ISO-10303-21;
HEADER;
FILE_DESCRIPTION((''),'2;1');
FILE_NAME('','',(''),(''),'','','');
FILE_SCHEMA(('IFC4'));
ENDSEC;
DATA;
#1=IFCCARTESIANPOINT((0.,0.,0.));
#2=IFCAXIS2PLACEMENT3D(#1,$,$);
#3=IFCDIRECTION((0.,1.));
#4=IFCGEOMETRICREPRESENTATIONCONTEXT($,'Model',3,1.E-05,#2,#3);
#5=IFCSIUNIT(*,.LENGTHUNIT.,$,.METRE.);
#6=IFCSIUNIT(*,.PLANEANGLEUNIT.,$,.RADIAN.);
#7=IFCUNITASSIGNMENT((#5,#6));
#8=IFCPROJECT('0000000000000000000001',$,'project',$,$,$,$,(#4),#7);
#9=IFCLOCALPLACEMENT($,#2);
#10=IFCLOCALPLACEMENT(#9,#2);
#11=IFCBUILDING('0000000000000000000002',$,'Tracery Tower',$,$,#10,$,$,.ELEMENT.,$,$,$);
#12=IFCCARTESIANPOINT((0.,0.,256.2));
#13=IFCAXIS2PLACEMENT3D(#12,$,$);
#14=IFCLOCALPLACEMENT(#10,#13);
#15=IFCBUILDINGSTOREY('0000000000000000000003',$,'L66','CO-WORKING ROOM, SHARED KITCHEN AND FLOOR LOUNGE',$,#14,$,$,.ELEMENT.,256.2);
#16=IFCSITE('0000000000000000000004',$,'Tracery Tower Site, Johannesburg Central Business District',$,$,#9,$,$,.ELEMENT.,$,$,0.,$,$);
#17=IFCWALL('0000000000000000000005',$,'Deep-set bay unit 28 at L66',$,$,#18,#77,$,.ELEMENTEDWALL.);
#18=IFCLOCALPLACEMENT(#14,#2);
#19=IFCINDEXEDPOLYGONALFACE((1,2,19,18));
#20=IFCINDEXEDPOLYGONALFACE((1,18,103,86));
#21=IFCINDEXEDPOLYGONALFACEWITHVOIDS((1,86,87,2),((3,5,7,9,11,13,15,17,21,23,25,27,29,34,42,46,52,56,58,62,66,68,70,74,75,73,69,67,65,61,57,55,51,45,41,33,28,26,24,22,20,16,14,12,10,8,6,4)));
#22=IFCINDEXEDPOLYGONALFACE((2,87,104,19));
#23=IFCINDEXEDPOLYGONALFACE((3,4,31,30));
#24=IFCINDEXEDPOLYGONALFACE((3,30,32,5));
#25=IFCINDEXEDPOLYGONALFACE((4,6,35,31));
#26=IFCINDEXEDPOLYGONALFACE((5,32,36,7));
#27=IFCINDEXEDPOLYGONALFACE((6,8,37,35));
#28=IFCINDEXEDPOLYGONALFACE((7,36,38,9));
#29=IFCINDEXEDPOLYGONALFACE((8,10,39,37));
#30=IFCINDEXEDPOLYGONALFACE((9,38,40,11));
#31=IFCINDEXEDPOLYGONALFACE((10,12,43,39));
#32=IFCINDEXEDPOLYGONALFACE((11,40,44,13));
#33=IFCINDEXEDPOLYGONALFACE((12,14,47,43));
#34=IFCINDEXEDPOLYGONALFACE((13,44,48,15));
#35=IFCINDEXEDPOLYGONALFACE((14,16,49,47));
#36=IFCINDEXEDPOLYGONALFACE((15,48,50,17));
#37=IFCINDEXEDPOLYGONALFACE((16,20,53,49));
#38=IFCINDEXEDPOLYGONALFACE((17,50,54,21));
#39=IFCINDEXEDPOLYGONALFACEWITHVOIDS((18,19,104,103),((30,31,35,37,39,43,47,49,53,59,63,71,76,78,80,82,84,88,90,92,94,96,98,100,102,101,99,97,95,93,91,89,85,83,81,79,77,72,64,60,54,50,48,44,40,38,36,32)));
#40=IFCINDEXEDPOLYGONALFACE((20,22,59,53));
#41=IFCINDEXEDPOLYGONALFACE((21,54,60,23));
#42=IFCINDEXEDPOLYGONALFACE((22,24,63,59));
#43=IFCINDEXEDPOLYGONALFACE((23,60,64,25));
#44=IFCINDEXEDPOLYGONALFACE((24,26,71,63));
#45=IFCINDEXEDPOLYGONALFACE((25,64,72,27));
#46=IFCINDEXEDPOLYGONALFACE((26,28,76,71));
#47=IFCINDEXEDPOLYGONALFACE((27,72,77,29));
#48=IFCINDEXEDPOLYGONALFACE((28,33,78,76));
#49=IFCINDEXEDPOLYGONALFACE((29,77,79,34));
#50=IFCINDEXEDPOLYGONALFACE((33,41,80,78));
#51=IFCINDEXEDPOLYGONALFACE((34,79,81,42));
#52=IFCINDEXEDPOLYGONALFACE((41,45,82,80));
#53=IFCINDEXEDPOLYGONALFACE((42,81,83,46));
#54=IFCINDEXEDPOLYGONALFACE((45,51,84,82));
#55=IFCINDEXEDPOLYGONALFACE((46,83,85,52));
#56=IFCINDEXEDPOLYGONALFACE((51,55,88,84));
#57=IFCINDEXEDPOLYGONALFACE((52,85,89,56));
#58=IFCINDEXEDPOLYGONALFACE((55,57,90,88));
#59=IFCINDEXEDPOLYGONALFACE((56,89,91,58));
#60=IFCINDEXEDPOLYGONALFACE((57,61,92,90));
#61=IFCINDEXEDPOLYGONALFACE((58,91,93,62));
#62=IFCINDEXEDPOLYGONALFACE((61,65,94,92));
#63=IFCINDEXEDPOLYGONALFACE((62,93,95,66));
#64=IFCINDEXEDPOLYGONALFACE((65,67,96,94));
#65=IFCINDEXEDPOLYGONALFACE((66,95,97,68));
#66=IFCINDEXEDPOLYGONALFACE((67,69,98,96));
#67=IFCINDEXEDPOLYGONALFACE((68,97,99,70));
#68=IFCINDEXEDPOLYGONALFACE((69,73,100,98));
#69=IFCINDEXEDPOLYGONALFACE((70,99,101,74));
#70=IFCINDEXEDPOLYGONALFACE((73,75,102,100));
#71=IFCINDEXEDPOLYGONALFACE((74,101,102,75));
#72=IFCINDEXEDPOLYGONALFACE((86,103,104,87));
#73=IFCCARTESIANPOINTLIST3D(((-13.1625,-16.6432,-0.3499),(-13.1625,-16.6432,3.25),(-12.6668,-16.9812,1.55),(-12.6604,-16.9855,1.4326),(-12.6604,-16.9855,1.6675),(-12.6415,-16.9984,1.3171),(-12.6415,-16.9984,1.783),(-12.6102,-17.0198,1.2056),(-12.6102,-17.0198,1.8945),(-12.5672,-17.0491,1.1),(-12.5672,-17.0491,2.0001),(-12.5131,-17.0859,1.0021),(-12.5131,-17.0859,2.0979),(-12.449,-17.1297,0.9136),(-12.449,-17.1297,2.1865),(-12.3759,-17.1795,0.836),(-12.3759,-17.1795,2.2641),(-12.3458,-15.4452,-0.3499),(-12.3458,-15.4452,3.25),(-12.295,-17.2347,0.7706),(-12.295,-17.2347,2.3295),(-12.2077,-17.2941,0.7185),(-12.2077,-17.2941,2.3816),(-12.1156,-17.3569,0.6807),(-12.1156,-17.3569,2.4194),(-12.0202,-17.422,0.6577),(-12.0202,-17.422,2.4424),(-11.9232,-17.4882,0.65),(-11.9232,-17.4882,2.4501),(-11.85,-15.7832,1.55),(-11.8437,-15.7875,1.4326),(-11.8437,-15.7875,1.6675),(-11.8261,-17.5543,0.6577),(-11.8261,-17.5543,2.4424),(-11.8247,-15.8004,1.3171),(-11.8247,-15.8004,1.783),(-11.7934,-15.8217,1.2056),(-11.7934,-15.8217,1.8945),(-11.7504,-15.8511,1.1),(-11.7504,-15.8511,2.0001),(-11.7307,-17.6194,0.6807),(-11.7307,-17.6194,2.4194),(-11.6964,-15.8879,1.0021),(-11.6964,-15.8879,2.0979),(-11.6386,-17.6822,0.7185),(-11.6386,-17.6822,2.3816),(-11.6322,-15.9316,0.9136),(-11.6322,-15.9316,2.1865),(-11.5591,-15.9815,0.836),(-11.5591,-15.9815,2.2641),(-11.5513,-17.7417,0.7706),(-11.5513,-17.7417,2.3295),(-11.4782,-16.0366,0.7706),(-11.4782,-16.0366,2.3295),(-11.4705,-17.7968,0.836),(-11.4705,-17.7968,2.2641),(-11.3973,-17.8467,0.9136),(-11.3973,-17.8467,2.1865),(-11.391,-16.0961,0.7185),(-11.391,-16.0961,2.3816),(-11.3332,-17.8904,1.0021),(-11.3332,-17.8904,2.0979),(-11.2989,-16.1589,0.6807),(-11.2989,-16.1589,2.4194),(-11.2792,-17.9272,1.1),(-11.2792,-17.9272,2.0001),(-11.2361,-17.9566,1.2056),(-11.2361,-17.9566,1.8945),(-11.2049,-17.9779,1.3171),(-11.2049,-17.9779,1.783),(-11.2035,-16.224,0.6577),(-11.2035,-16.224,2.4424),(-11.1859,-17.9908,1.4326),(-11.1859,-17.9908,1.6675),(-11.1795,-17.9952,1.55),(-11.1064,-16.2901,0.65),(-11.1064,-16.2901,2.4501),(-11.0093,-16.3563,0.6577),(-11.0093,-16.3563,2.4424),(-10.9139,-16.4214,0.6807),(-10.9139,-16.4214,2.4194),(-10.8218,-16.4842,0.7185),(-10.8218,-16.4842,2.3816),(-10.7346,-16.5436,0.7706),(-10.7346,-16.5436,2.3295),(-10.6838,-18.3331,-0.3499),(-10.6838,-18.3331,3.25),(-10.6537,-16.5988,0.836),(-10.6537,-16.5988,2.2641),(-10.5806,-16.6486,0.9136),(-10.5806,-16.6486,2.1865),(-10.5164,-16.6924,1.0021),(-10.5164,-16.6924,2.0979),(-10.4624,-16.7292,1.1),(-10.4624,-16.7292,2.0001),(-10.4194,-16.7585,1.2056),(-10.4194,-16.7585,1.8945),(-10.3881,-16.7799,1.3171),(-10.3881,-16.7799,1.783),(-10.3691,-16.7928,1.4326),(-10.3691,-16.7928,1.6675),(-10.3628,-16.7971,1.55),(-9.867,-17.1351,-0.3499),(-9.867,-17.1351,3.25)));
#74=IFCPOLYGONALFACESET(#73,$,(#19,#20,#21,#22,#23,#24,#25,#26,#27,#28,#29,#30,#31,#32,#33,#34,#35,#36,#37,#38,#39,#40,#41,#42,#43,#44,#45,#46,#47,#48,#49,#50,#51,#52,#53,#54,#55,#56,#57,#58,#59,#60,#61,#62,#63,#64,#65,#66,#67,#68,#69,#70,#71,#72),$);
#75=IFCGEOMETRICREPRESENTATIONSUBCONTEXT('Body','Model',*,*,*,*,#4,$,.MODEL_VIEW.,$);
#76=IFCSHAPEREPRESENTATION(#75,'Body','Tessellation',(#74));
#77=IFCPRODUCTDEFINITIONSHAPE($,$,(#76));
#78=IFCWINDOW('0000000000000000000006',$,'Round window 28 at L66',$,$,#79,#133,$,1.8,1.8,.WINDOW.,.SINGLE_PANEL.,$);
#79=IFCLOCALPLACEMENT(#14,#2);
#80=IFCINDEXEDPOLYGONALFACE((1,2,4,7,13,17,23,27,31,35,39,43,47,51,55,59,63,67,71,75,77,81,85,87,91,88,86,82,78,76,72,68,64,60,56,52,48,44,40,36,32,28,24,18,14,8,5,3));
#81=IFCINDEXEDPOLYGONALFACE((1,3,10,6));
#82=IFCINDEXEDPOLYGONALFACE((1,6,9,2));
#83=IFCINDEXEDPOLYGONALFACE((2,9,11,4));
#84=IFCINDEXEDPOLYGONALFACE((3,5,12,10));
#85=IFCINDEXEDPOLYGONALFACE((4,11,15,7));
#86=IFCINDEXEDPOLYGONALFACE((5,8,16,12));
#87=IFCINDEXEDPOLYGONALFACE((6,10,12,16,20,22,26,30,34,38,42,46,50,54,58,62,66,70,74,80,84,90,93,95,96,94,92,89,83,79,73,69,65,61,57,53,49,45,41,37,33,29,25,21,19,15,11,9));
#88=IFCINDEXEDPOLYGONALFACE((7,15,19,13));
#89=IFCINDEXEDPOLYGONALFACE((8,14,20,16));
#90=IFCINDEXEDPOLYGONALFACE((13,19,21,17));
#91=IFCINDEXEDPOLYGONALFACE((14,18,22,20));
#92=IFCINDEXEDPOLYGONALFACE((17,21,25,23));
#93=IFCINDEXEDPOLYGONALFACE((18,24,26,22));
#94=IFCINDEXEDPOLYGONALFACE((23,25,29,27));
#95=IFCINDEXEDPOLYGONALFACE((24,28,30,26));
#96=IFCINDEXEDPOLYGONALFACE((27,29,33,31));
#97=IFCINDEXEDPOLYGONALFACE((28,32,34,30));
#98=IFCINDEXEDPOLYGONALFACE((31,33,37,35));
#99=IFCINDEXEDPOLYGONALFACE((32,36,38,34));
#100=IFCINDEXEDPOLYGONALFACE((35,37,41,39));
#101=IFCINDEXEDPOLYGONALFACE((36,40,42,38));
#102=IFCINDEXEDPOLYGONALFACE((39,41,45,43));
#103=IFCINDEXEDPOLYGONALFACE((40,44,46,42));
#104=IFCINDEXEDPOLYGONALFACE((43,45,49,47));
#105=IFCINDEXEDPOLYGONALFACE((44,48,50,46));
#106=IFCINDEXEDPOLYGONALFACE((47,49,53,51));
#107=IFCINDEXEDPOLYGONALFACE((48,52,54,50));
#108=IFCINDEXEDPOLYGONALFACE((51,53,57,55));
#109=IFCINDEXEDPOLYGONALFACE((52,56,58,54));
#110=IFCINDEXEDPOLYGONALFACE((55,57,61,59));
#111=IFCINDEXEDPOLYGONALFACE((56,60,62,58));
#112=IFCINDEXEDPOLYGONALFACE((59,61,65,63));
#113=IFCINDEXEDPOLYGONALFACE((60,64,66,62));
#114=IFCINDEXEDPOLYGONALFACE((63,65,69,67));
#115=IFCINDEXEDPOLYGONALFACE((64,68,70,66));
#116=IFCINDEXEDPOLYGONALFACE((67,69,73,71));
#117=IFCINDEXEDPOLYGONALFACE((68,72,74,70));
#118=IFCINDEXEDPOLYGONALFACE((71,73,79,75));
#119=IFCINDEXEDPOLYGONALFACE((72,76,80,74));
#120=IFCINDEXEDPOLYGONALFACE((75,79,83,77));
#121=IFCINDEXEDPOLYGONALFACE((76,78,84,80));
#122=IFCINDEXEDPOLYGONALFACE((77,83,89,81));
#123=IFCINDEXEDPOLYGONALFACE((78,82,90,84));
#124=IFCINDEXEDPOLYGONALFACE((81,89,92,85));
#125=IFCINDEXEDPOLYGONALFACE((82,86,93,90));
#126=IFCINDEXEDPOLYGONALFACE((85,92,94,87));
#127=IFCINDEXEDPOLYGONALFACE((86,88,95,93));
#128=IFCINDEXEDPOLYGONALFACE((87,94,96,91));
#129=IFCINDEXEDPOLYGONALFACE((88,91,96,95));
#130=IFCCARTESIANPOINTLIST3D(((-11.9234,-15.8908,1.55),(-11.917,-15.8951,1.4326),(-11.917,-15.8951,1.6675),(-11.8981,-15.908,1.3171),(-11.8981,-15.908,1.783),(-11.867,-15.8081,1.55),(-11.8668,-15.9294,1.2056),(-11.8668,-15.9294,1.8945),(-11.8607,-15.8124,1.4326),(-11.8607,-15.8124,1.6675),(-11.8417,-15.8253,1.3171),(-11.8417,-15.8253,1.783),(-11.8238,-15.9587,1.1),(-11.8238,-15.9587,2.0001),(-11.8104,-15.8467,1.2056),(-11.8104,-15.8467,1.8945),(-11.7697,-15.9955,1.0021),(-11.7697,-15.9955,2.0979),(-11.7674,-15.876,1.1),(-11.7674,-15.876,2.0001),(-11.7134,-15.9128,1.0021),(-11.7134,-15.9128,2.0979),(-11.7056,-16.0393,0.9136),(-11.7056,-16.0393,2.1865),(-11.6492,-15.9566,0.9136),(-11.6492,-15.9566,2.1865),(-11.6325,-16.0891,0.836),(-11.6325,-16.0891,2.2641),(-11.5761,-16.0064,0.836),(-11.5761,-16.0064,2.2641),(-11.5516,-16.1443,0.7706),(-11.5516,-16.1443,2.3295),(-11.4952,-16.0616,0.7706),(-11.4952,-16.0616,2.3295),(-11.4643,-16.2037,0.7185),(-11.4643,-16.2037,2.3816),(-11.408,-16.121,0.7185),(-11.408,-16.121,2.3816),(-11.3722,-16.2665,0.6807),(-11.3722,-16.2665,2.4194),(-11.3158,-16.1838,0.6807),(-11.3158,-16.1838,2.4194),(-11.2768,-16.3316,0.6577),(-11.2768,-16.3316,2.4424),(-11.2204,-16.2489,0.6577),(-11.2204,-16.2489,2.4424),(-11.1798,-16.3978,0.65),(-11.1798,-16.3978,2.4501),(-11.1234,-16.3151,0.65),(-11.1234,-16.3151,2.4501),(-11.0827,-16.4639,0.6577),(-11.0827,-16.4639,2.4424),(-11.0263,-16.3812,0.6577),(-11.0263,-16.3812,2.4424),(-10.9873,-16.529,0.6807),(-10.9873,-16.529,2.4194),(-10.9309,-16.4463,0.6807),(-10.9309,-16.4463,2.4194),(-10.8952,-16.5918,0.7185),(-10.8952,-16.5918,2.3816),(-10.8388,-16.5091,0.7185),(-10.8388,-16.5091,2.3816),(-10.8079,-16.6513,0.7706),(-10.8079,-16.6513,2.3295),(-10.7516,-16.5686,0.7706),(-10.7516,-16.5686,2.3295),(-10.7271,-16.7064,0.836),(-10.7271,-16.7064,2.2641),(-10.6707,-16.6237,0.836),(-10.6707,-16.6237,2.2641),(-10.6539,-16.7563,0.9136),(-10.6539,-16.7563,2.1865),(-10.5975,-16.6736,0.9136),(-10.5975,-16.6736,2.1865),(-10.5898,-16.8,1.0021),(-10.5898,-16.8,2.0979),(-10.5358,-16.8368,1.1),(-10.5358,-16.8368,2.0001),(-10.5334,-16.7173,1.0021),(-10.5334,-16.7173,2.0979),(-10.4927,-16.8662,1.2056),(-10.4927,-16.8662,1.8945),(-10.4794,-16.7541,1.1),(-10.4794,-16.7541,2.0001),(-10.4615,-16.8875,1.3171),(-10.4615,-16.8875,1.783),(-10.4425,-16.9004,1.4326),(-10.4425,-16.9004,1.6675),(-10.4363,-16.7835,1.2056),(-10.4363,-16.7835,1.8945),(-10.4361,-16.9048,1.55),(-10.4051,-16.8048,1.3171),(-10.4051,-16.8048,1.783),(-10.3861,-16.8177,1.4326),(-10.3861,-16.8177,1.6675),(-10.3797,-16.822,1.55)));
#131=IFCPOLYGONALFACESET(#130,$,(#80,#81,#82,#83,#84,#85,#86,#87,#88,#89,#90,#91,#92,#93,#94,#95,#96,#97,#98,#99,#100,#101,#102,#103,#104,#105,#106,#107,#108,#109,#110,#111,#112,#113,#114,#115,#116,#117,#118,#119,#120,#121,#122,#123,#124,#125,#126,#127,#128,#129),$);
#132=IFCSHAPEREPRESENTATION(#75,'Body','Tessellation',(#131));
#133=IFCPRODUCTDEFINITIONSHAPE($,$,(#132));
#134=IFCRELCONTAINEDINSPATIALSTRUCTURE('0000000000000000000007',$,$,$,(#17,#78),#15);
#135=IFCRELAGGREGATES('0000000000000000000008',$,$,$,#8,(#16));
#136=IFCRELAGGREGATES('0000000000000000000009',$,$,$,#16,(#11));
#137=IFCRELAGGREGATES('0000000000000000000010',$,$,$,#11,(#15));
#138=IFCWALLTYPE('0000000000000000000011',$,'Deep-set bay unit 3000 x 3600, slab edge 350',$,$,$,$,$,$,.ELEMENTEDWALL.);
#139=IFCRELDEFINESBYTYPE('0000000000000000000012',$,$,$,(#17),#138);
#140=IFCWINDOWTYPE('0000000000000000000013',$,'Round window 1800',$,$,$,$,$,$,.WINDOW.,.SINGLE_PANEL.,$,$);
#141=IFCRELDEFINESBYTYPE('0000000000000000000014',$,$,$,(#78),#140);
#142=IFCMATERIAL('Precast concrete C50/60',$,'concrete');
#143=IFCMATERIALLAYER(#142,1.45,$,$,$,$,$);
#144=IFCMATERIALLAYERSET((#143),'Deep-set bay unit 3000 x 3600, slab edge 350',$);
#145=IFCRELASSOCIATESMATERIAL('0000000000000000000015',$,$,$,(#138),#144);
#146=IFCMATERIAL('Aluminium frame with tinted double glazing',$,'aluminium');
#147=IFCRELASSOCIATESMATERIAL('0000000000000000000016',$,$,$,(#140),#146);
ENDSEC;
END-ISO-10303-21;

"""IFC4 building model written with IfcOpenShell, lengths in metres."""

from ifc_helpers import new_model, si_unit, direction, frame, frame_2d, origin, origin_2d, place, context, subcontext, project, spatial, rectangle, circle, extrude, material, layer, layer_set, type_object, element, fill, save


model = new_model("IFC4")

# Units and contexts
model_context = context("Model", 3, precision=1e-05, world=origin(), true_north=direction((0.0, 1.0)))
body_context = subcontext(model_context, "Body", "Model", "MODEL_VIEW")
ifc_project = project(units=[si_unit("LENGTHUNIT", "METRE"), si_unit("PLANEANGLEUNIT", "RADIAN")], contexts=[model_context])

# Site, building, storey
site_placement = place(None, origin())
site = spatial("IfcSite", under=ifc_project, at=site_placement, Name="Tracery Tower Site, Johannesburg Central Business District", CompositionType="ELEMENT", RefElevation=0.0)
building_placement = place(site_placement, origin())
building = spatial("IfcBuilding", under=site, at=building_placement, Name="Tracery Tower", CompositionType="ELEMENT")
storey_placement = place(building_placement, frame((0.0, 0.0, 256.2)))
storey = spatial("IfcBuildingStorey", under=building, at=storey_placement, Name="L66", Description="CO-WORKING ROOM, SHARED KITCHEN AND FLOOR LOUNGE", CompositionType="ELEMENT", Elevation=256.2)

# Wall, opening, window
ifc_material_1 = material(Name="Precast concrete C50/60", Category="concrete")
ifc_layer_1 = layer(ifc_material_1, 1.45)
ifc_layer_set_1 = layer_set([ifc_layer_1], Name="Deep-set bay unit 3000 x 3600, slab edge 350")
wall_type_1 = type_object("IfcWallType", Name="Deep-set bay unit 3000 x 3600, slab edge 350", PredefinedType="ELEMENTEDWALL", material=ifc_layer_set_1)
wall_1_placement = place(storey_placement, frame((-12.7542, -16.0442, -0.3499), z_axis=(0.0, 0.0, 1.0), x_axis=(0.826246, -0.563309, 0.0)))
wall_1 = element("IfcWall", 1, at=wall_1_placement, inside=storey, type_object=wall_type_1, Name="Deep-set bay unit 28 at L66", PredefinedType="ELEMENTEDWALL", context=body_context, shape_type="SweptSolid", body=[
    extrude(rectangle(XDim=3.0, YDim=1.45, at=frame_2d((1.5, 0.0))), origin(), (0.0, 0.0, 1.0), 3.5999),
])
opening_1_placement = place(wall_1_placement, frame((1.5, 0.0, 1.8999)))
opening_1 = element("IfcOpeningElement", 2, at=opening_1_placement, cuts=wall_1, PredefinedType="OPENING", context=body_context, shape_type="SweptSolid", body=[
    extrude(circle(Radius=0.9, at=origin_2d()), frame((0.0, 0.7349, 0.0), z_axis=(0.0, -1.0, 0.0), x_axis=(1.0, 0.0, 0.0)), (0.0, 0.0, 1.0), 1.47),
])
ifc_material_2 = material(Name="Aluminium frame with tinted double glazing", Category="aluminium")
window_type = type_object("IfcWindowType", Name="Round window 1800", PartitioningType="SINGLE_PANEL", PredefinedType="WINDOW", material=ifc_material_2)
window_1_placement = place(opening_1_placement, origin())
window_1 = element("IfcWindow", 3, at=window_1_placement, inside=storey, type_object=window_type, Name="Round window 28 at L66", OverallHeight=1.8, OverallWidth=1.8, PartitioningType="SINGLE_PANEL", PredefinedType="WINDOW", context=body_context, shape_type="SweptSolid", body=[
    extrude(circle(Radius=0.9, at=origin_2d()), frame((0.0, 0.6948, 0.0), z_axis=(0.0, -1.0, 0.0), x_axis=(1.0, 0.0, 0.0)), (0.0, 0.0, 1.0), 0.1001),
])
fill(opening_1, window_1)

save(model, "model.ifc")
